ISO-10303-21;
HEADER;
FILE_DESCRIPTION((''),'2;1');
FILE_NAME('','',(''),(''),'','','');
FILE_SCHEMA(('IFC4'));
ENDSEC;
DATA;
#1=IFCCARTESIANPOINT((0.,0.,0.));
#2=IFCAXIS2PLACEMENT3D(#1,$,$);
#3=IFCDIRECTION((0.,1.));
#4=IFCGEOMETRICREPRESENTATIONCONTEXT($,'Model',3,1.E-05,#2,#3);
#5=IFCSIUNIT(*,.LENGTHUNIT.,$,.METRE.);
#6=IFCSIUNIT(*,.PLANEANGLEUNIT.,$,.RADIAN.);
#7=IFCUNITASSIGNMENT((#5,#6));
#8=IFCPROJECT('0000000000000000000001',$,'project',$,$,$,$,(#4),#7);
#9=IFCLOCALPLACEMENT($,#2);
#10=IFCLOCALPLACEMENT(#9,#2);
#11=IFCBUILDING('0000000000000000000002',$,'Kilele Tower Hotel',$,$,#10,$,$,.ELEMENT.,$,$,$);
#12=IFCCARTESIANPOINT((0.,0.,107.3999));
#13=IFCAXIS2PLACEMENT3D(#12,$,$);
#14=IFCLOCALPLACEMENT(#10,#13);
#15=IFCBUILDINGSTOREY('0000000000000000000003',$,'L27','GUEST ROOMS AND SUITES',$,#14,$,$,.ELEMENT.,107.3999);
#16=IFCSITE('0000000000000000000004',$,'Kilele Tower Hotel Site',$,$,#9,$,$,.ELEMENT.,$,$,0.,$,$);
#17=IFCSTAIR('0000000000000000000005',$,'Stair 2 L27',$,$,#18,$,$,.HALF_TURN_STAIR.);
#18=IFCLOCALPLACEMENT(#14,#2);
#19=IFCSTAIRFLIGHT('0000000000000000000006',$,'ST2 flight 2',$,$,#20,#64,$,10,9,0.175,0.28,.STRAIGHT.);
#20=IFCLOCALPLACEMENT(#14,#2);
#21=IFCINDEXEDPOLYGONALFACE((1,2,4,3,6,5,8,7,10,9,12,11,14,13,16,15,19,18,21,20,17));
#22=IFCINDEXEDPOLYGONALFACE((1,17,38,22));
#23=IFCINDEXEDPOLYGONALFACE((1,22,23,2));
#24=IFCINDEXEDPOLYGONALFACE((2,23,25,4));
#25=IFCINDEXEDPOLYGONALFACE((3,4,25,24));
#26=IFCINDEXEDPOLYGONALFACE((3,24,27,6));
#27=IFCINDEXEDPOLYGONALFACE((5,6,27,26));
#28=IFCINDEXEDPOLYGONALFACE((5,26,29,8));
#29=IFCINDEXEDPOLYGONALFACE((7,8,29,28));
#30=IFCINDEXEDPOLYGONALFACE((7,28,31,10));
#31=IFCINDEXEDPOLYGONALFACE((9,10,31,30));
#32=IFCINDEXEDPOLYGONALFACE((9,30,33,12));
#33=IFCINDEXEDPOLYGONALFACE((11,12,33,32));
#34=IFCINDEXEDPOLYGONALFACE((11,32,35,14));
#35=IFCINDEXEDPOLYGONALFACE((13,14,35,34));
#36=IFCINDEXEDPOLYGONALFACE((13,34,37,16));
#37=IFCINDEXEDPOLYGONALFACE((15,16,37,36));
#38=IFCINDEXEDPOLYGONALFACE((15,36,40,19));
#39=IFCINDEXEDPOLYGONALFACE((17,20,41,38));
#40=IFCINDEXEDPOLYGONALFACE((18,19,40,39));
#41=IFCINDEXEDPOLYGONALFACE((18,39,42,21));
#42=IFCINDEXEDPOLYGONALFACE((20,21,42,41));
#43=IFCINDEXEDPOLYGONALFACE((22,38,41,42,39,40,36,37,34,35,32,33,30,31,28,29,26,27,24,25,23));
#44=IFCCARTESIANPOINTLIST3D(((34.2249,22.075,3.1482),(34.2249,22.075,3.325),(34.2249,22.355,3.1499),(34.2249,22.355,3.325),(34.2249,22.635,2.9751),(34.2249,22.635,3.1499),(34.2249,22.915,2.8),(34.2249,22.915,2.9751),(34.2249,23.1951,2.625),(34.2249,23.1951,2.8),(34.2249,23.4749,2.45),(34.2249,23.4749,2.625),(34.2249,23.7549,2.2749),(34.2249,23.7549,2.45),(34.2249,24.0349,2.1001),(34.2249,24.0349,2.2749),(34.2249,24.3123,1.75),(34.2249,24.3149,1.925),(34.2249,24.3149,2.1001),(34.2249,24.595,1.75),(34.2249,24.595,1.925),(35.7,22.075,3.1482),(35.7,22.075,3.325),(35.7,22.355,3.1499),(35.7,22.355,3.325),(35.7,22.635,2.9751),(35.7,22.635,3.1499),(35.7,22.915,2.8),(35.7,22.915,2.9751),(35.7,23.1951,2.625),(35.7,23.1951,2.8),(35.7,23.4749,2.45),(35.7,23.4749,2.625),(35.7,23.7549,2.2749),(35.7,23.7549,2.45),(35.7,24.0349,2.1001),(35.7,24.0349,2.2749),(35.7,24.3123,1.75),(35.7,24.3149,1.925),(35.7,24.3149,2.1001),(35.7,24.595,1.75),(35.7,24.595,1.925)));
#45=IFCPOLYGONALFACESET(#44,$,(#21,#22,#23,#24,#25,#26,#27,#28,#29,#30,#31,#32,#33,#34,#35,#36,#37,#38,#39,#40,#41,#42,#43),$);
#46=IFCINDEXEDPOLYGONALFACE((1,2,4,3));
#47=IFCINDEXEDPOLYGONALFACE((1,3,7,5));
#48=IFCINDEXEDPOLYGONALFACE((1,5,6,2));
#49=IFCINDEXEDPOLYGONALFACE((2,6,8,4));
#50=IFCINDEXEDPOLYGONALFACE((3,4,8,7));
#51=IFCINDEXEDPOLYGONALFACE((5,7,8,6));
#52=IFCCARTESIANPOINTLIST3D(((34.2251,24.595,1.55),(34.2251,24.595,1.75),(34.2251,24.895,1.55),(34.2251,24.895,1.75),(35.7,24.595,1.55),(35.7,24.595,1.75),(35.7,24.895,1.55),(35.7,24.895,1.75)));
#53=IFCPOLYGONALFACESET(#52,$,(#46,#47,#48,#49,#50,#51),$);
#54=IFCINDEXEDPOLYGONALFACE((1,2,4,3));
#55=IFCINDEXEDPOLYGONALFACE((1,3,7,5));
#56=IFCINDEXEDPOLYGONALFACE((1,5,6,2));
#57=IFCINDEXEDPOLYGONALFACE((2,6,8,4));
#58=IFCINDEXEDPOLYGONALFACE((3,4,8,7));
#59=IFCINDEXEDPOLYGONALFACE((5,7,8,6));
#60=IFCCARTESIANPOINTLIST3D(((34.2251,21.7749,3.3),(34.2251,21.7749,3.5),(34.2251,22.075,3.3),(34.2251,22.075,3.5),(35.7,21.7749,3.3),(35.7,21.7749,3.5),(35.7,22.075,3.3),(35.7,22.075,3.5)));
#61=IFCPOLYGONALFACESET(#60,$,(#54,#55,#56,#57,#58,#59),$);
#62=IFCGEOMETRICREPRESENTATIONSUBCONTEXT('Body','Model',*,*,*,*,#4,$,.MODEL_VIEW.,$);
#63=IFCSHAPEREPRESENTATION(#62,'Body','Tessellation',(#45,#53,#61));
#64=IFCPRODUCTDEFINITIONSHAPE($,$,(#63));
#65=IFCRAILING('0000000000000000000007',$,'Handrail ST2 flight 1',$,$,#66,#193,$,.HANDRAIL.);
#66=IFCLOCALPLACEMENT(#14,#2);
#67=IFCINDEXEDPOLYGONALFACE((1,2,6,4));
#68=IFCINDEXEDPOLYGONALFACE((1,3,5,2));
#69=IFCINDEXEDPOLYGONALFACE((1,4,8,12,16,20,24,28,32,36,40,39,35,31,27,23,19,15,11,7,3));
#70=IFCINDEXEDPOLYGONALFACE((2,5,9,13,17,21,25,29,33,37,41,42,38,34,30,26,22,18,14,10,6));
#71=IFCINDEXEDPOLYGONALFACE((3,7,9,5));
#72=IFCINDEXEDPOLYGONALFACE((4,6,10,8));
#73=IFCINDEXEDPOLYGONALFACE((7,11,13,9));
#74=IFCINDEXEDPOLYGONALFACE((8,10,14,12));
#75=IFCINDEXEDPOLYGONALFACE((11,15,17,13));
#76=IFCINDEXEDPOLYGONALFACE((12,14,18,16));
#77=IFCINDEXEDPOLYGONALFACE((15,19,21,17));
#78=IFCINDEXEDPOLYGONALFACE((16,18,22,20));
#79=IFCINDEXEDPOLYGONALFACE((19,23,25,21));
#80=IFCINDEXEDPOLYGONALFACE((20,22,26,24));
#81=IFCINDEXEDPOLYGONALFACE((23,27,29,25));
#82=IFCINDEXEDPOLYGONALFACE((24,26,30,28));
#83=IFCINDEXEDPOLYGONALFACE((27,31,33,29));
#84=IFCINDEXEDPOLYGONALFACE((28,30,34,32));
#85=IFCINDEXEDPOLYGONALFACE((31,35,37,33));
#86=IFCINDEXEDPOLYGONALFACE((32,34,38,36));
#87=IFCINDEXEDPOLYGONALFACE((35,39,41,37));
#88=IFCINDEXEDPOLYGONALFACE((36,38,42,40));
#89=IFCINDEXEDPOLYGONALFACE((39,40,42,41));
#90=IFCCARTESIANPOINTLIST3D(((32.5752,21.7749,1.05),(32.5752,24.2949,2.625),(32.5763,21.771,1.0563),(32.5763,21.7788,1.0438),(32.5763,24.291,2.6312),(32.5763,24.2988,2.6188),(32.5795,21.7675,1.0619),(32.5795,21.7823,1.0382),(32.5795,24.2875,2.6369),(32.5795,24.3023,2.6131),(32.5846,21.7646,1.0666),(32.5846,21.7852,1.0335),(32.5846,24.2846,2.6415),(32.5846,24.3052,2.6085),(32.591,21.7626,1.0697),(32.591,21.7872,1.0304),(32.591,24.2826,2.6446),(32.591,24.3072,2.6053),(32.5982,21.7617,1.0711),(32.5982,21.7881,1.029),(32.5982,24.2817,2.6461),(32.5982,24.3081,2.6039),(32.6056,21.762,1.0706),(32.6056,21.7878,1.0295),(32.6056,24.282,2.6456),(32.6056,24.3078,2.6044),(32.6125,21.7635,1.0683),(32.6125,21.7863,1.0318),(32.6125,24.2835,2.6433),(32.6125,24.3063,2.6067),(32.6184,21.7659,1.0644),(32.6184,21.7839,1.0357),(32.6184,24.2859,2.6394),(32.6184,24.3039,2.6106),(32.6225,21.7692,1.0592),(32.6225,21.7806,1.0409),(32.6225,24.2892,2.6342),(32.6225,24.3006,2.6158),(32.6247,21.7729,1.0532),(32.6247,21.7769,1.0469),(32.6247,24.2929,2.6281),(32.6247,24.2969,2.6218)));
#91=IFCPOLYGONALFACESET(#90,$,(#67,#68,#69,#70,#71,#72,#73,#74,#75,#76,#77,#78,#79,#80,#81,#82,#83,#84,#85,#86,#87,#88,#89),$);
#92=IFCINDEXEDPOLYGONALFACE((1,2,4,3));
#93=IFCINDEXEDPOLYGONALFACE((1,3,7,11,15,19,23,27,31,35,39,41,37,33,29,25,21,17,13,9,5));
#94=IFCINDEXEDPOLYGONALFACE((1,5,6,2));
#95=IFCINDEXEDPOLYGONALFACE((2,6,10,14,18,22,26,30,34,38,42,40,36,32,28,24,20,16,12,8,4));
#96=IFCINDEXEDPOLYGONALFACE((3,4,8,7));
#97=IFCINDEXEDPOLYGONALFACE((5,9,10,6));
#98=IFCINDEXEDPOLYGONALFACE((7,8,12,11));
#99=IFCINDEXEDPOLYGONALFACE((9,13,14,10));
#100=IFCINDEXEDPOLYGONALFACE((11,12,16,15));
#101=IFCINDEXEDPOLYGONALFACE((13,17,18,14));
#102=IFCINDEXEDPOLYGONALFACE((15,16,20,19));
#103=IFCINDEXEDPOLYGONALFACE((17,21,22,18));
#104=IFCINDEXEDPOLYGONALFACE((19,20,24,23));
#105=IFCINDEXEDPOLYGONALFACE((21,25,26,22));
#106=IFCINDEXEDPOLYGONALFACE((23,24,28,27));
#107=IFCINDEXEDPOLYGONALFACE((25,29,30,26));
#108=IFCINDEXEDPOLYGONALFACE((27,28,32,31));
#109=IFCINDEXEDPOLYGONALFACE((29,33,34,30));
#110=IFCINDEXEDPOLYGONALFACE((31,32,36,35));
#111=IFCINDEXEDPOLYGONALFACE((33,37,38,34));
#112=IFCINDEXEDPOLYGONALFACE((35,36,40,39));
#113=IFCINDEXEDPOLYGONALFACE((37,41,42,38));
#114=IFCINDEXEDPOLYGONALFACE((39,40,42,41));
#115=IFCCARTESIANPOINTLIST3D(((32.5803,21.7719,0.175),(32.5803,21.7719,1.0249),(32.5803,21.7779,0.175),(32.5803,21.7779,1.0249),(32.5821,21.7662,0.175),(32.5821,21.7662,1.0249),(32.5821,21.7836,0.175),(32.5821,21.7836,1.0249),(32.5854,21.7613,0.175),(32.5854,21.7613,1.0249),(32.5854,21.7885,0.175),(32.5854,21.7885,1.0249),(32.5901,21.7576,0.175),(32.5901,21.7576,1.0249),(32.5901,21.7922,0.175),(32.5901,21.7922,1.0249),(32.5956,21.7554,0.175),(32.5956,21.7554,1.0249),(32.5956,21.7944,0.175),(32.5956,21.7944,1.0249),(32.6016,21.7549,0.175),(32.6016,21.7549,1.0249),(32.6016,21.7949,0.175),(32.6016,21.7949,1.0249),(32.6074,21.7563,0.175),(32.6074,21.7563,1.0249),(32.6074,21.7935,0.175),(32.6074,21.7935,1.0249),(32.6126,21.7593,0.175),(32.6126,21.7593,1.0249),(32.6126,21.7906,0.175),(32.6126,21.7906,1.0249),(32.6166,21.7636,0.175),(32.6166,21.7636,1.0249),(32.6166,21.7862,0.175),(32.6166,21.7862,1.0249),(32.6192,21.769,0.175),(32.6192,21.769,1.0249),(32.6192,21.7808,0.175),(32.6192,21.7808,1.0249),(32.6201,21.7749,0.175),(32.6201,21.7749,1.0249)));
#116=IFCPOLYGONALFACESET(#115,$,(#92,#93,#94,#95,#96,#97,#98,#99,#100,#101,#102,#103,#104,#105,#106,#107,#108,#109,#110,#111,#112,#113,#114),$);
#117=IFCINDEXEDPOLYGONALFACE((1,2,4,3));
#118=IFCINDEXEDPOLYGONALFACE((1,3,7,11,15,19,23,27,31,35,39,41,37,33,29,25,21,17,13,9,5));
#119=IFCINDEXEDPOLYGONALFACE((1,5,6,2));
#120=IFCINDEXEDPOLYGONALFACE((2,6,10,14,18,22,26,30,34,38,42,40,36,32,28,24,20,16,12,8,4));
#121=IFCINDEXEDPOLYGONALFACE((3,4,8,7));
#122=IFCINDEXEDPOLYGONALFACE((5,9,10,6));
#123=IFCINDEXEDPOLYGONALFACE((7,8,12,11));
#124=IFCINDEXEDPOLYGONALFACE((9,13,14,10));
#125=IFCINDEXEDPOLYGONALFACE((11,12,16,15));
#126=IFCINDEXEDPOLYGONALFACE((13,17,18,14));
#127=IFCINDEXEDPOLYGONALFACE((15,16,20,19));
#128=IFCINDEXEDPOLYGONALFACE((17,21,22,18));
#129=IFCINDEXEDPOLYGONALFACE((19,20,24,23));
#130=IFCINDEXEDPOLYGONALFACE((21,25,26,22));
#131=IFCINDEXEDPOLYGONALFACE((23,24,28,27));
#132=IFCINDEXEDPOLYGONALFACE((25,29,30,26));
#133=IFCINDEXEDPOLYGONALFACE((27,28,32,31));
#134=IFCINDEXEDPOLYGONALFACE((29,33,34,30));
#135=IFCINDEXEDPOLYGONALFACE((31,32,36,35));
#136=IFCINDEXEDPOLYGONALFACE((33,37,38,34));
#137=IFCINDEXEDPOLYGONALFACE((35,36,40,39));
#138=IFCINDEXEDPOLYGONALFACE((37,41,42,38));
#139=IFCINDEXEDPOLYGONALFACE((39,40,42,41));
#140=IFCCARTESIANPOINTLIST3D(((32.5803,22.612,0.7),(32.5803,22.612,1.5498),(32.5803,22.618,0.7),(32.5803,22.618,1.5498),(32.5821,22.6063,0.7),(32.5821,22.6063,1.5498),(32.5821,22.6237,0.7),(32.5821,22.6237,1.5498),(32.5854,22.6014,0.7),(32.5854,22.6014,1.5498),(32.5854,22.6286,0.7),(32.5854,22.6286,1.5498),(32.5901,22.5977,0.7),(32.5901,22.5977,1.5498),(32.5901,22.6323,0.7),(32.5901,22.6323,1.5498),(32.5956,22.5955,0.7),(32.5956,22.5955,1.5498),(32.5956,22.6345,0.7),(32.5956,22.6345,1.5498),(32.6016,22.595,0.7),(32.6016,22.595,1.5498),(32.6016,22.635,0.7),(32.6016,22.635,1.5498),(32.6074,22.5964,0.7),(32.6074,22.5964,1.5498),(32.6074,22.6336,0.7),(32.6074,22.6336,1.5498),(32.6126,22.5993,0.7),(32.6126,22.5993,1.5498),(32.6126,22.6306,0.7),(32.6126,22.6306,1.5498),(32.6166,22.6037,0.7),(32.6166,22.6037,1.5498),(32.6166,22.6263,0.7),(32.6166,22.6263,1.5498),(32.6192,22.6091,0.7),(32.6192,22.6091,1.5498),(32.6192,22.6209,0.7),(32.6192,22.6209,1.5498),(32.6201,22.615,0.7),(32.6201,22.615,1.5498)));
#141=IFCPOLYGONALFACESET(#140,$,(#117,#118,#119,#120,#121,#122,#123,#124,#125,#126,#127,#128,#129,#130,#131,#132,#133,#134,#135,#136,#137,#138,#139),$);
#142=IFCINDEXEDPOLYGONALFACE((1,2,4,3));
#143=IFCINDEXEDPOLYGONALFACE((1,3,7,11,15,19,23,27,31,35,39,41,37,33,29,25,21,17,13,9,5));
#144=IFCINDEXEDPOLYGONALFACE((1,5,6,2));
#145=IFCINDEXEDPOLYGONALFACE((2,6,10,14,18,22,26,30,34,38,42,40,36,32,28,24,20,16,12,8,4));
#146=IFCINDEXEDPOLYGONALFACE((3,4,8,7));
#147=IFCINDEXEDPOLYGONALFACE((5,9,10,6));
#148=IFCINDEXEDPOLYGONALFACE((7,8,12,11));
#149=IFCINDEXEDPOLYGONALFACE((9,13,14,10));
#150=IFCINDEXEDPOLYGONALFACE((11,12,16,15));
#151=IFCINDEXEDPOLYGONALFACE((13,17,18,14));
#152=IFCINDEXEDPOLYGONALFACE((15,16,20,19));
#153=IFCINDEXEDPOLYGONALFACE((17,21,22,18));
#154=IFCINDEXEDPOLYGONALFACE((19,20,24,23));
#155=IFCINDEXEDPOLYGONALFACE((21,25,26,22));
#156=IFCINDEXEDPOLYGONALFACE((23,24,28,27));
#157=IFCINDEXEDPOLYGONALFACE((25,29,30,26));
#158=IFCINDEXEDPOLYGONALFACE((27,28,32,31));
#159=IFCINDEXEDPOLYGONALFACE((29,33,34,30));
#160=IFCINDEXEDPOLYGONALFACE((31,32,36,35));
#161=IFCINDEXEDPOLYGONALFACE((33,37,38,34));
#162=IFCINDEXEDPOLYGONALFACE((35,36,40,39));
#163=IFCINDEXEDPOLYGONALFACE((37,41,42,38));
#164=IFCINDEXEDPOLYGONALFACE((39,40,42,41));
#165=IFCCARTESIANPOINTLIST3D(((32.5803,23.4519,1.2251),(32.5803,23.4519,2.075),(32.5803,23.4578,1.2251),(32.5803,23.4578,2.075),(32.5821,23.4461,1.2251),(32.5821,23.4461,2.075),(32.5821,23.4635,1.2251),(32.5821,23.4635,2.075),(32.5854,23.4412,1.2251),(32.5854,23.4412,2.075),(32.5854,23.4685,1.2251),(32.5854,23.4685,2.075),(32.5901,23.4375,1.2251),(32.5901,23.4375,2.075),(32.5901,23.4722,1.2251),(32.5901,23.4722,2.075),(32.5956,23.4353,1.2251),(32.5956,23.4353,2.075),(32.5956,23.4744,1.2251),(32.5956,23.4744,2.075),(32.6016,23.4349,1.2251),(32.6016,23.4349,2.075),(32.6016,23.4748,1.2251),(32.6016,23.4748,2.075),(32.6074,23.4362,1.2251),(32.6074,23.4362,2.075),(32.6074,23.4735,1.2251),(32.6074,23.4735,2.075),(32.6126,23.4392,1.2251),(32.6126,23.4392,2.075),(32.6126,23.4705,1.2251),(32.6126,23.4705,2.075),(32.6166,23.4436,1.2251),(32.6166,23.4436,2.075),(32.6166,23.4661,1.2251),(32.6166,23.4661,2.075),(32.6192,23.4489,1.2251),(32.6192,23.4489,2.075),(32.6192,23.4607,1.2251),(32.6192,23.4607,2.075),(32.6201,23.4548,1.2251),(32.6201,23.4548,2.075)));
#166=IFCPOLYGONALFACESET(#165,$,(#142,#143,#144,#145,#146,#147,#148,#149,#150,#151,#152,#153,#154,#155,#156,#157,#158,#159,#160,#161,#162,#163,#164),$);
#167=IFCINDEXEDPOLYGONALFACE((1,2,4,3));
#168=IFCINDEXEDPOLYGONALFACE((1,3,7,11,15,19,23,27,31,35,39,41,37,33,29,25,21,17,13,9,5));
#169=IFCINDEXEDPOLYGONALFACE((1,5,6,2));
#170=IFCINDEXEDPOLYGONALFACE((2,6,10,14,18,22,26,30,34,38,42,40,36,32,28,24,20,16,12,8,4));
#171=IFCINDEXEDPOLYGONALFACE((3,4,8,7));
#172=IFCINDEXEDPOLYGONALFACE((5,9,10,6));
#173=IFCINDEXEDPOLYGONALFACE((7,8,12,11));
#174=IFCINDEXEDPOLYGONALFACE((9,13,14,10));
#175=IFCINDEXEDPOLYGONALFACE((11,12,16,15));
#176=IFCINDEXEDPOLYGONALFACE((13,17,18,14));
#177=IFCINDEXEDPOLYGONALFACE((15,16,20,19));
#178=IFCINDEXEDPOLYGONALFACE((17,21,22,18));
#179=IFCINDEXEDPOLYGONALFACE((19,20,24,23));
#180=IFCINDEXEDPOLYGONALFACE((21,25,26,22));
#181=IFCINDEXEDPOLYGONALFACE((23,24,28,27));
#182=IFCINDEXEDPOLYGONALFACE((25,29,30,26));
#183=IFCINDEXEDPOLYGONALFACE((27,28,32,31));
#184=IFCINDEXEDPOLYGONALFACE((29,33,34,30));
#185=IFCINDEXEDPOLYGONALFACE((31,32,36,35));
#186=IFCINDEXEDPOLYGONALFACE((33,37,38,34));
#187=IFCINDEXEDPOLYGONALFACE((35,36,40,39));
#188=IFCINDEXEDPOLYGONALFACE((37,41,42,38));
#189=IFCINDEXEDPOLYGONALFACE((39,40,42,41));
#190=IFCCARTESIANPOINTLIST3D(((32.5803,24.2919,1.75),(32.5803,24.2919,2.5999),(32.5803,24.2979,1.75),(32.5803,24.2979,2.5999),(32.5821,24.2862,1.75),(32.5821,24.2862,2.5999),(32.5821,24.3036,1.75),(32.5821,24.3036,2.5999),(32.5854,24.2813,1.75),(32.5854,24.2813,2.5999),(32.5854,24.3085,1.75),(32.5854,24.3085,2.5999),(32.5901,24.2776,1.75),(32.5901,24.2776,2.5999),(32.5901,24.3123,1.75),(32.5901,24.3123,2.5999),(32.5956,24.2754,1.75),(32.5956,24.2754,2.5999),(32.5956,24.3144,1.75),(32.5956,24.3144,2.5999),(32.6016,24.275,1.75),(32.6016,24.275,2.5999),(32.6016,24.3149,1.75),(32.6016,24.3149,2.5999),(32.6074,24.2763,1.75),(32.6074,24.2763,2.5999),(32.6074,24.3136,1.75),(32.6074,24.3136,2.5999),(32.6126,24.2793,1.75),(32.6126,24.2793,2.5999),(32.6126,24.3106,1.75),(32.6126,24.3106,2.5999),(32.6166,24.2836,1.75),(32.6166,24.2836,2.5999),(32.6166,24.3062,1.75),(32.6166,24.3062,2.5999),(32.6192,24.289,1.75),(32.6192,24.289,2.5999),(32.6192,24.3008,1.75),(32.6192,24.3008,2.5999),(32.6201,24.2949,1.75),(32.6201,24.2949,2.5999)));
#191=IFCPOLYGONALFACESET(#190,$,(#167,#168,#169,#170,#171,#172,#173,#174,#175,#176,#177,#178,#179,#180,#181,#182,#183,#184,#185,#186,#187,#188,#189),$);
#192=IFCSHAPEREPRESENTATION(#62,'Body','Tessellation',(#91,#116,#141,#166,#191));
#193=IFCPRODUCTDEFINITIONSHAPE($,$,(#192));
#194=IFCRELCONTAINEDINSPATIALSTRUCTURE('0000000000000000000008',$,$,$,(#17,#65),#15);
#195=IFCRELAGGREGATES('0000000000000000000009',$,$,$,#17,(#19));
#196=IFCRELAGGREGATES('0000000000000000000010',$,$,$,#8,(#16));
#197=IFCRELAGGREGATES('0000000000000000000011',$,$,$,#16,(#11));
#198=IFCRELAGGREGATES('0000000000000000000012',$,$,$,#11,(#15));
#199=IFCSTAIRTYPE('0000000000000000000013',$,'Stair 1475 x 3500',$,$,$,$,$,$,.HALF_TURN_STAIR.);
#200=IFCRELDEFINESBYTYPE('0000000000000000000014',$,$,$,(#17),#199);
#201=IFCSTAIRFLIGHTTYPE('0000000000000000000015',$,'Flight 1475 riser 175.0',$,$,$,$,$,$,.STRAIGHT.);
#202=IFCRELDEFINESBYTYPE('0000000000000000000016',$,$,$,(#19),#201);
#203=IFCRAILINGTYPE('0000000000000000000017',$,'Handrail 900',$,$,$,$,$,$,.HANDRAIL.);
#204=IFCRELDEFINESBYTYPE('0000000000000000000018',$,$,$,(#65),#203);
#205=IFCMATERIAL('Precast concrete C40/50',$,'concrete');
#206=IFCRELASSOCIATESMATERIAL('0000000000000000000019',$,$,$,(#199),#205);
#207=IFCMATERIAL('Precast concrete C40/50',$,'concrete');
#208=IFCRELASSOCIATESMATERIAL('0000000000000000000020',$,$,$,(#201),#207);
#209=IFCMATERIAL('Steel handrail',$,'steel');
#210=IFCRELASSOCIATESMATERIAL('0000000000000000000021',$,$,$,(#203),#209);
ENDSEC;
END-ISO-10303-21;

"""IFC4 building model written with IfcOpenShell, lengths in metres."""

from ifc_helpers import new_model, si_unit, direction, frame, origin, origin_2d, place, context, subcontext, project, spatial, polyline, circle, outline, extrude, material, type_object, element, aggregate, save


model = new_model("IFC4")

# Units and contexts
model_context = context("Model", 3, precision=1e-05, world=origin(), true_north=direction((0.0, 1.0)))
body_context = subcontext(model_context, "Body", "Model", "MODEL_VIEW")
ifc_project = project(units=[si_unit("LENGTHUNIT", "METRE"), si_unit("PLANEANGLEUNIT", "RADIAN")], contexts=[model_context])

# Site, building, storey
site_placement = place(None, origin())
site = spatial("IfcSite", under=ifc_project, at=site_placement, Name="Kilele Tower Hotel Site", CompositionType="ELEMENT", RefElevation=0.0)
building_placement = place(site_placement, origin())
building = spatial("IfcBuilding", under=site, at=building_placement, Name="Kilele Tower Hotel", CompositionType="ELEMENT")
storey_placement = place(building_placement, frame((0.0, 0.0, 107.3999)))
storey = spatial("IfcBuildingStorey", under=building, at=storey_placement, Name="L27", Description="GUEST ROOMS AND SUITES", CompositionType="ELEMENT", Elevation=107.3999)

# Stair, stair flight
ifc_material_1 = material(Name="Precast concrete C40/50", Category="concrete")
stair_type = type_object("IfcStairType", Name="Stair 1475 x 3500", PredefinedType="HALF_TURN_STAIR", material=ifc_material_1)
stair_placement = place(storey_placement, origin())
stair = element("IfcStair", 1, at=stair_placement, inside=storey, type_object=stair_type, Name="Stair 2 L27", PredefinedType="HALF_TURN_STAIR")
ifc_material_2 = material(Name="Precast concrete C40/50", Category="concrete")
stair_flight_type = type_object("IfcStairFlightType", Name="Flight 1475 riser 175.0", PredefinedType="STRAIGHT", material=ifc_material_2)
stair_flight_1_placement = place(storey_placement, frame((34.9624, 24.595, 1.75), z_axis=(0.0, 0.0, 1.0), x_axis=(0.0, -1.0, 0.0)))
stair_flight_1 = element("IfcStairFlight", 2, at=stair_flight_1_placement, type_object=stair_flight_type, Name="ST2 flight 2", NumberOfRisers=10, NumberOfTreads=9, PredefinedType="STRAIGHT", RiserHeight=0.175, TreadLength=0.28, context=body_context, shape_type="SweptSolid", body=[
    extrude(outline(polyline([(0.0, 0.0), (0.0, 0.175), (0.28, 0.175), (0.28, 0.3501), (0.5601, 0.3501), (0.5601, 0.5249), (0.8401, 0.5249), (0.8401, 0.7), (1.1201, 0.7), (1.1201, 0.875), (1.3999, 0.875), (1.3999, 1.05), (1.6799, 1.05), (1.6799, 1.2251), (1.96, 1.2251), (1.96, 1.3999), (2.24, 1.3999), (2.24, 1.575), (2.52, 1.575), (2.52, 1.75), (2.52, 1.3982), (0.2827, 0.0), (0.0, 0.0)])), frame((0.0, 0.7375, 0.0), z_axis=(0.0, -1.0, 0.0), x_axis=(1.0, 0.0, 0.0)), (0.0, 0.0, 1.0), 1.4751),
    extrude(outline(polyline([(0.0, -0.7373), (0.0, 0.7375), (-0.3, 0.7375), (-0.3, -0.7373), (0.0, -0.7373)])), frame((0.0, 0.0, -0.2)), (0.0, 0.0, 1.0), 0.2),
    extrude(outline(polyline([(2.8201, -0.7373), (2.8201, 0.7375), (2.52, 0.7375), (2.52, -0.7373), (2.8201, -0.7373)])), frame((0.0, 0.0, 1.55)), (0.0, 0.0, 1.0), 0.2),
])
aggregate(stair, [stair_flight_1])

# Railing
ifc_material_3 = material(Name="Steel handrail", Category="steel")
railing_type_1 = type_object("IfcRailingType", Name="Handrail 900", PredefinedType="HANDRAIL", material=ifc_material_3)
for number, where, name in (
    (3, (32.6001, 21.7749, 0.175), "Handrail ST2 flight 1"),
):
    element("IfcRailing", number, at=place(storey_placement, frame(where)), inside=storey, type_object=railing_type_1, Name=name, PredefinedType="HANDRAIL", context=body_context, shape_type="SweptSolid", body=[
        extrude(circle(Radius=0.0249, at=origin_2d()), frame((0.0, 0.0, 0.875), z_axis=(0.0, 0.848008, 0.529984), x_axis=(-1.0, 0.0, 0.0)), (0.0, 0.0, 1.0), 2.9717),
        extrude(circle(Radius=0.02, at=origin_2d()), origin(), (0.0, 0.0, 1.0), 0.8499),
        extrude(circle(Radius=0.02, at=origin_2d()), frame((0.0, 0.8401, 0.5249)), (0.0, 0.0, 1.0), 0.8499),
        extrude(circle(Radius=0.02, at=origin_2d()), frame((0.0, 1.6799, 1.05)), (0.0, 0.0, 1.0), 0.8499),
        extrude(circle(Radius=0.02, at=origin_2d()), frame((0.0, 2.52, 1.575)), (0.0, 0.0, 1.0), 0.8499),
    ])

save(model, "model.ifc")
